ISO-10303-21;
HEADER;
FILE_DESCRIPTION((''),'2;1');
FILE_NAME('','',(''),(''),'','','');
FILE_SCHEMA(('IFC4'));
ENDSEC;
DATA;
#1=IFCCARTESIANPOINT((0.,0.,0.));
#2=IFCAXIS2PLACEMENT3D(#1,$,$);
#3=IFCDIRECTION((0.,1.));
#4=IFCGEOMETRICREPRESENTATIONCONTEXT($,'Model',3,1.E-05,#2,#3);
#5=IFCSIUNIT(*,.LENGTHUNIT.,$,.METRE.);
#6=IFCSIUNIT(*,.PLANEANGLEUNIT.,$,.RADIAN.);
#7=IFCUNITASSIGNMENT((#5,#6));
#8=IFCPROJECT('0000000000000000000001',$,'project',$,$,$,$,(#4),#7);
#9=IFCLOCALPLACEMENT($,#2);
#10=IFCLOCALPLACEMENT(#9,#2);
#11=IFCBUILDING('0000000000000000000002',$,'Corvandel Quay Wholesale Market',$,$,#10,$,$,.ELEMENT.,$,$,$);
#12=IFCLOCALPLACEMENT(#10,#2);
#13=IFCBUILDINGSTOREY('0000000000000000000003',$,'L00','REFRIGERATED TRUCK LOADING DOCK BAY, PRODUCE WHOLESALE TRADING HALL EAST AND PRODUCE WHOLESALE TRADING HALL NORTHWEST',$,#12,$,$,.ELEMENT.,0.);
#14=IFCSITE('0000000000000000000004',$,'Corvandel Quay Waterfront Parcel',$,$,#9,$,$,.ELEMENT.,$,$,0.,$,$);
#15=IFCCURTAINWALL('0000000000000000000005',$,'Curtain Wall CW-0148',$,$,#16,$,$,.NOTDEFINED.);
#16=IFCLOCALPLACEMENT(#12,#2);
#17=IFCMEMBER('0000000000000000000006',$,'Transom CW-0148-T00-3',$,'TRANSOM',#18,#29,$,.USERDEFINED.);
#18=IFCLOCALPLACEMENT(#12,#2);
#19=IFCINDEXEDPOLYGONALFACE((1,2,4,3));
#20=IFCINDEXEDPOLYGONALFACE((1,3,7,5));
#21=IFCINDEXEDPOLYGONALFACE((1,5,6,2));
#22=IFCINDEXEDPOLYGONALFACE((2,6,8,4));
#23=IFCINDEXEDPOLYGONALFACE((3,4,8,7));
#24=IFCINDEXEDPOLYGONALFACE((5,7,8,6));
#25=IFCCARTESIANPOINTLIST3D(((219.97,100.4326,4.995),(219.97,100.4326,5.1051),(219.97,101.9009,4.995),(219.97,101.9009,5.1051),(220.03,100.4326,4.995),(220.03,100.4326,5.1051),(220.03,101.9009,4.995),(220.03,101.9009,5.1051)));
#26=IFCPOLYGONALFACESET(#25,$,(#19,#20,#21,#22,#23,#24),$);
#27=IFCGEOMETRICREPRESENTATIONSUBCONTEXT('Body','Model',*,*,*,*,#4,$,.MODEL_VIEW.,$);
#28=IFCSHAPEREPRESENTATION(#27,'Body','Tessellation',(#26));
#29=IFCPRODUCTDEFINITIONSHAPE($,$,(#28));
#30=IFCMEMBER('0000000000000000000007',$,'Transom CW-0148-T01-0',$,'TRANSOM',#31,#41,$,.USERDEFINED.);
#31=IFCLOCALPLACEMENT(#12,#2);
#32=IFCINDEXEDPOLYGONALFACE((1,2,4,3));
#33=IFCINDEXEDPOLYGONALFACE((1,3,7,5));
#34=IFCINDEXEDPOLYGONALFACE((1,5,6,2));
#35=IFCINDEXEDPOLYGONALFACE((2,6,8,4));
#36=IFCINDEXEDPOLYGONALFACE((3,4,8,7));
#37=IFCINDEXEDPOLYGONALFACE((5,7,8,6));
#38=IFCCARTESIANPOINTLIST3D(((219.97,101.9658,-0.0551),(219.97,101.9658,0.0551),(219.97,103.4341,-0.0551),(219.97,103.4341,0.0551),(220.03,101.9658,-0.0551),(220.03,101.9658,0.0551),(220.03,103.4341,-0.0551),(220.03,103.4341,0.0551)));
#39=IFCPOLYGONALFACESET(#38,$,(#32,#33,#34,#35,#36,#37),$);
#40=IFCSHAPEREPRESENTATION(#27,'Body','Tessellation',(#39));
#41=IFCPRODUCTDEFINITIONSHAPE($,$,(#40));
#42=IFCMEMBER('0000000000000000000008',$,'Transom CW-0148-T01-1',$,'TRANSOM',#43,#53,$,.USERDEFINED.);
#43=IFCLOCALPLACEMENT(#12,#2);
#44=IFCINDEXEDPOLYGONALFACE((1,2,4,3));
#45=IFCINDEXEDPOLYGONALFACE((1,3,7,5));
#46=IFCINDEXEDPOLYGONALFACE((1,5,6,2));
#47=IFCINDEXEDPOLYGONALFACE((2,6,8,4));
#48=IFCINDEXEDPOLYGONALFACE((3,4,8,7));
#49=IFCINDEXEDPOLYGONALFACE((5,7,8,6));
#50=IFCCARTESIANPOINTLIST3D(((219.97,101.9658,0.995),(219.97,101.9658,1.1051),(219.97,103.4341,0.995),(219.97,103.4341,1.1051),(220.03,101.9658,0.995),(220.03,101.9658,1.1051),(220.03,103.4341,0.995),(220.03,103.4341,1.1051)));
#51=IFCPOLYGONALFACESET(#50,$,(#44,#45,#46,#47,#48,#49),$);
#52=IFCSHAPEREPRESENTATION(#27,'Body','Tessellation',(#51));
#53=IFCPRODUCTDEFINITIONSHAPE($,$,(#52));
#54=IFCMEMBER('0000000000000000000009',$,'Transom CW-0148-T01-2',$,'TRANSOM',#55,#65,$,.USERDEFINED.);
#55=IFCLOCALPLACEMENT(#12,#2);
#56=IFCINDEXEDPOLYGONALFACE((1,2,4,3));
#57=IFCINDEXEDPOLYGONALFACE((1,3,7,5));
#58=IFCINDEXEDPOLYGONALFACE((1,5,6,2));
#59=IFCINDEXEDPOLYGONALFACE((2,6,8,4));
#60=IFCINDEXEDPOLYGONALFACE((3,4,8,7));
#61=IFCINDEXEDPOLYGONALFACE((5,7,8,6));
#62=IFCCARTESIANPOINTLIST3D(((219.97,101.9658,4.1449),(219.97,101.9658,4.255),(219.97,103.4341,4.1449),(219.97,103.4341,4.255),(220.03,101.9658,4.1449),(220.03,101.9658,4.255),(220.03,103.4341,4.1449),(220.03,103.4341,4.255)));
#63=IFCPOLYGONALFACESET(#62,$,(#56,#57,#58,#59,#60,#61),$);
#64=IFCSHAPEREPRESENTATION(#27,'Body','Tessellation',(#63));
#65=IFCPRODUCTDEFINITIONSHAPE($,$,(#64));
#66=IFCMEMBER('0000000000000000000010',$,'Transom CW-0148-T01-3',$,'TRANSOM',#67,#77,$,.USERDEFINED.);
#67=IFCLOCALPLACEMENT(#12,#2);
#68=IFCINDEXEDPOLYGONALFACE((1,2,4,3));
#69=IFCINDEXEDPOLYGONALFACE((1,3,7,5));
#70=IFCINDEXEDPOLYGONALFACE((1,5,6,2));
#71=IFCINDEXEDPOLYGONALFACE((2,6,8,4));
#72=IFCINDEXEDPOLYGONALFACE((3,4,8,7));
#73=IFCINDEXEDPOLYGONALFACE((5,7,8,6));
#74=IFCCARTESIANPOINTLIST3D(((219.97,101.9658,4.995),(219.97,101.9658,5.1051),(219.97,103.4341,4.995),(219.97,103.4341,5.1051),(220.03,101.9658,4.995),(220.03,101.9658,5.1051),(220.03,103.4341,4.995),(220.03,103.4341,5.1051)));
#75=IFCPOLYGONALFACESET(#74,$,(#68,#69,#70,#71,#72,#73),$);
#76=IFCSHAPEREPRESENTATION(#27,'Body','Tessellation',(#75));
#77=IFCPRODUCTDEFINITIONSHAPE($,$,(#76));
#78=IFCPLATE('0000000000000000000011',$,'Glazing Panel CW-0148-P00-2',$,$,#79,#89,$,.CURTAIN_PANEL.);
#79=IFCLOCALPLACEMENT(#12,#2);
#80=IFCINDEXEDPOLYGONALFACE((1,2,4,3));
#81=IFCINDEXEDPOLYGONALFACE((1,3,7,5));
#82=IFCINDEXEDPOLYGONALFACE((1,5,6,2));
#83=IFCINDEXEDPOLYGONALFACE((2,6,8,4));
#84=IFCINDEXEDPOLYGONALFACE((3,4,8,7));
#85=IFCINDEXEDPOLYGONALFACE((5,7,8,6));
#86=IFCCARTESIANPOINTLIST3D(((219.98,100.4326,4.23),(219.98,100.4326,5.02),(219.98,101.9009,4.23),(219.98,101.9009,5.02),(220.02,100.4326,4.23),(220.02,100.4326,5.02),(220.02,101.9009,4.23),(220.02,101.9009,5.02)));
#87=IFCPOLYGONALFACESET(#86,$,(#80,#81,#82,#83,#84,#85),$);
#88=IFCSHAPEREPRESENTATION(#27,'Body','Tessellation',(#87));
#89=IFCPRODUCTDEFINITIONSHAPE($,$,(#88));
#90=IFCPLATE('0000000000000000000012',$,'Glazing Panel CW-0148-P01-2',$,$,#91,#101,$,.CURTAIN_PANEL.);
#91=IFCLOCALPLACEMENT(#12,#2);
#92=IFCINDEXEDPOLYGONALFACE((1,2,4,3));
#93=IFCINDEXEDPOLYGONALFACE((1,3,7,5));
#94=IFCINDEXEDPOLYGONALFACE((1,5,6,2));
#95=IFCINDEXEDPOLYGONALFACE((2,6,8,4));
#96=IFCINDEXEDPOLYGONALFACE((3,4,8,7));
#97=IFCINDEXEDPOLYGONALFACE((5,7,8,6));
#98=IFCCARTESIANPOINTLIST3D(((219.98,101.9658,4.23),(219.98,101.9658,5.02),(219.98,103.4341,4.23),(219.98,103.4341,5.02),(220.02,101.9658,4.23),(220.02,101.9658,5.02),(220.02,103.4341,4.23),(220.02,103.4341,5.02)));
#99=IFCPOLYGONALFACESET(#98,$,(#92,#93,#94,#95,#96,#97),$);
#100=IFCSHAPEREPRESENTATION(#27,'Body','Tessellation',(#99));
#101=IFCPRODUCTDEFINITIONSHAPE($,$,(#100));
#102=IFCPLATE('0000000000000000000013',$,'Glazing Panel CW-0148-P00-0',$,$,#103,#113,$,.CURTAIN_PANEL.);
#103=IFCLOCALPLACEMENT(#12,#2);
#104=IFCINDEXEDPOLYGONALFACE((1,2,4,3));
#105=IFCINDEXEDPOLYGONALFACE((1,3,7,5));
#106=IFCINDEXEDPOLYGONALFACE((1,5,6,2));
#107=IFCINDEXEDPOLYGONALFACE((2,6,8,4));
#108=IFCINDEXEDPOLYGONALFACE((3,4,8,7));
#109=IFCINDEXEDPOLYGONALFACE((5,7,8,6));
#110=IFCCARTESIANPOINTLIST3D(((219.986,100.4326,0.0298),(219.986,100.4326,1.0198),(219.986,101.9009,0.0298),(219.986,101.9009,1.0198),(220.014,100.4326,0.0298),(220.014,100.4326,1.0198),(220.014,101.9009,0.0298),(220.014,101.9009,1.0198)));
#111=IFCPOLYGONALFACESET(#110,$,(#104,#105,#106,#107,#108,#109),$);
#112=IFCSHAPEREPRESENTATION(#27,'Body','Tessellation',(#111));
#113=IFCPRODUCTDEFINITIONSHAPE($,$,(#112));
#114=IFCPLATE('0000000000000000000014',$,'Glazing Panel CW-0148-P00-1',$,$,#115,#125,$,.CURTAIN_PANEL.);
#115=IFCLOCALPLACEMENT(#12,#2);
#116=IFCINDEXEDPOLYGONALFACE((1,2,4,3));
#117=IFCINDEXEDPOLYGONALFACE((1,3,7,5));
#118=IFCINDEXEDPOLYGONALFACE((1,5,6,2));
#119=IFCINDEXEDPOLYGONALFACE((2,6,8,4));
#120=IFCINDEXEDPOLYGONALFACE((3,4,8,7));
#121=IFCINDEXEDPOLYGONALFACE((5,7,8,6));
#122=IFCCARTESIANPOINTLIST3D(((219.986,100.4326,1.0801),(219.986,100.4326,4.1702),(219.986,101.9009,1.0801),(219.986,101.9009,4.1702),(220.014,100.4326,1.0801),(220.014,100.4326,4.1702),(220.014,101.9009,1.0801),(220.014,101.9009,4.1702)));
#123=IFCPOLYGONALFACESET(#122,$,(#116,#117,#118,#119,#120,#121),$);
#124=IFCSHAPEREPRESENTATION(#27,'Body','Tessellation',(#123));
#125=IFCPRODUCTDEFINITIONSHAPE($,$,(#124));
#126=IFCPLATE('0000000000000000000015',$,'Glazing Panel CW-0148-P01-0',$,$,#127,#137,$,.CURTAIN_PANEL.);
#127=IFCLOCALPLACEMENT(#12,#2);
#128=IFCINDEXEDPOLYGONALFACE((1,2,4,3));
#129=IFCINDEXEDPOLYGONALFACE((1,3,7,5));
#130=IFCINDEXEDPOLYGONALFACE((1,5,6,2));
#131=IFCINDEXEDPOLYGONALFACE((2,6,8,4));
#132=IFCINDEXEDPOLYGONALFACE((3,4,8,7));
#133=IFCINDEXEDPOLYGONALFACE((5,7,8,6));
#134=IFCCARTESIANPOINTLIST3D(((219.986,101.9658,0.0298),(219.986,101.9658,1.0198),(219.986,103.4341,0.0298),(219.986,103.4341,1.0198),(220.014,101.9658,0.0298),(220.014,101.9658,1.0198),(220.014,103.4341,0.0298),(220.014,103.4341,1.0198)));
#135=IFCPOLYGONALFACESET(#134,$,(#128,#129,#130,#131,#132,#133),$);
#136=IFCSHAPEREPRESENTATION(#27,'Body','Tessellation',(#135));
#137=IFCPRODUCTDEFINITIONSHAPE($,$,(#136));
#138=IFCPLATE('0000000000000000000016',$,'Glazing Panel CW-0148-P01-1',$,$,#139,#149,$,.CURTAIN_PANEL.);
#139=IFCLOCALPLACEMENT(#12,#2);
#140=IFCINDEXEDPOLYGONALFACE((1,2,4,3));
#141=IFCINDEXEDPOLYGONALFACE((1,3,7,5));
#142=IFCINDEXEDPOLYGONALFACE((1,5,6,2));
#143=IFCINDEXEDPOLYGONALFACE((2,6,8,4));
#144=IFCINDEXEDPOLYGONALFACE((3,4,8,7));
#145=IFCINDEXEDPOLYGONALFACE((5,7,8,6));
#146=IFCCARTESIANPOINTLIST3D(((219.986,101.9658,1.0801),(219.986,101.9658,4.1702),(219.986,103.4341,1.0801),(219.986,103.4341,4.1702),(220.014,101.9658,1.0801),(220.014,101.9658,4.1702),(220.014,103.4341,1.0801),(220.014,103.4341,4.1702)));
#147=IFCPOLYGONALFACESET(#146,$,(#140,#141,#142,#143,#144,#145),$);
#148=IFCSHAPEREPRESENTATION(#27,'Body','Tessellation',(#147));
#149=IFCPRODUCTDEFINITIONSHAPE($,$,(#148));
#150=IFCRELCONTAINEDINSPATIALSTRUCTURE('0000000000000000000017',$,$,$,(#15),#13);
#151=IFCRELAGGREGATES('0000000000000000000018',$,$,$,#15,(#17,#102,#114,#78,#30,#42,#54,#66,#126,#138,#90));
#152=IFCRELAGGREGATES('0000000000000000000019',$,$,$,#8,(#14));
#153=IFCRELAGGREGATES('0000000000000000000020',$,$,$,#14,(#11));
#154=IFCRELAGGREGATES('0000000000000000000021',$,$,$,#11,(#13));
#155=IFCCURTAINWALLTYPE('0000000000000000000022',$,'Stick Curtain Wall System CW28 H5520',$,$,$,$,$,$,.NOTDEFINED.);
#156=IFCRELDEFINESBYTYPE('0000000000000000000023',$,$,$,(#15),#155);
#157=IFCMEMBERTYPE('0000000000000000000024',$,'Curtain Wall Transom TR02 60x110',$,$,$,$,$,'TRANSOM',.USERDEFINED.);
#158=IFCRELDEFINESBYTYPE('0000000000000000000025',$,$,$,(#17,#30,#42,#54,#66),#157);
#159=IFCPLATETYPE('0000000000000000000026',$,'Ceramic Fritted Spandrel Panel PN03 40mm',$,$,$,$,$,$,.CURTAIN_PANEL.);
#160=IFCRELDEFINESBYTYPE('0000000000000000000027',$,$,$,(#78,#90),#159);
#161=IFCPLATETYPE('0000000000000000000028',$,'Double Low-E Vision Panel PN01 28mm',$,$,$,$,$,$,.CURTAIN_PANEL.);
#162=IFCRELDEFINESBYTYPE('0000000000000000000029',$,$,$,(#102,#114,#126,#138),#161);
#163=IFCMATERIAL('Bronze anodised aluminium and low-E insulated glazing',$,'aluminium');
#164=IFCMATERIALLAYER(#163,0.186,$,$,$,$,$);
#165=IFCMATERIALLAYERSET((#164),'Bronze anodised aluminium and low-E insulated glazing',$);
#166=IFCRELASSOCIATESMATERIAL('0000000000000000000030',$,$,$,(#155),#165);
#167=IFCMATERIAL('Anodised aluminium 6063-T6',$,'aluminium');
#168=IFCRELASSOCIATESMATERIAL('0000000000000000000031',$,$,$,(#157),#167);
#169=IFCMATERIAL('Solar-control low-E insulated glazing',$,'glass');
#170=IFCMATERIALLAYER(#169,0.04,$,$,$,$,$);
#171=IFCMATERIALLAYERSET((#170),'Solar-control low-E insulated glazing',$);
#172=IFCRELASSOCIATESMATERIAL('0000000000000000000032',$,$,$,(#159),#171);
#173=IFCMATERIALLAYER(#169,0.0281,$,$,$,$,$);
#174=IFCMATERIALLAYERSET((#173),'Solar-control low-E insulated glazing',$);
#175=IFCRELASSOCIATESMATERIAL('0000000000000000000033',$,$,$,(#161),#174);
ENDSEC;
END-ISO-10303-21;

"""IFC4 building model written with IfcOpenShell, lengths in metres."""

from ifc_helpers import new_model, si_unit, direction, frame, origin, origin_2d, place, context, subcontext, project, spatial, rectangle, extrude, material, layer, layer_set, material_profile, profile_set, type_object, element, aggregate, save


model = new_model("IFC4")

# Units and contexts
model_context = context("Model", 3, precision=1e-05, world=origin(), true_north=direction((0.0, 1.0)))
body_context = subcontext(model_context, "Body", "Model", "MODEL_VIEW")
ifc_project = project(units=[si_unit("LENGTHUNIT", "METRE"), si_unit("PLANEANGLEUNIT", "RADIAN")], contexts=[model_context])

# Site, building, storey
site_placement = place(None, origin())
site = spatial("IfcSite", under=ifc_project, at=site_placement, Name="Corvandel Quay Waterfront Parcel", CompositionType="ELEMENT", RefElevation=0.0)
building_placement = place(site_placement, origin())
building = spatial("IfcBuilding", under=site, at=building_placement, Name="Corvandel Quay Wholesale Market", CompositionType="ELEMENT")
storey_placement = place(building_placement, origin())
storey = spatial("IfcBuildingStorey", under=building, at=storey_placement, Name="L00", Description="REFRIGERATED TRUCK LOADING DOCK BAY, PRODUCE WHOLESALE TRADING HALL EAST AND PRODUCE WHOLESALE TRADING HALL NORTHWEST", CompositionType="ELEMENT", Elevation=0.0)

# Curtain wall, members, plates
ifc_material_1 = material(Name="Bronze anodised aluminium and low-E insulated glazing", Category="aluminium")
ifc_layer_1 = layer(ifc_material_1, 0.186)
ifc_layer_set_1 = layer_set([ifc_layer_1], Name="Bronze anodised aluminium and low-E insulated glazing")
curtain_wall_type = type_object("IfcCurtainWallType", Name="Stick Curtain Wall System CW28 H5520", PredefinedType="NOTDEFINED", material=ifc_layer_set_1)
curtain_wall_placement = place(storey_placement, origin())
curtain_wall = element("IfcCurtainWall", 1, at=curtain_wall_placement, inside=storey, type_object=curtain_wall_type, Name="Curtain Wall CW-0148", PredefinedType="NOTDEFINED")
ifc_material_2 = material(Name="Anodised aluminium 6063-T6", Category="aluminium")
ifc_material_profile_1 = material_profile(ifc_material_2, rectangle(XDim=0.0601, YDim=0.1101, at=origin_2d()), Name="ALU-TRN-60x110")
ifc_profile_set_1 = profile_set([ifc_material_profile_1], Name="Anodised aluminium 6063-T6")
member_type_1 = type_object("IfcMemberType", Name="Curtain Wall Transom TR02 60x110", ElementType="TRANSOM", PredefinedType="USERDEFINED", material=ifc_profile_set_1)
member_1_placement = place(storey_placement, frame((220.0, 100.4326, 5.05), z_axis=(0.0, 1.0, 0.0), x_axis=(-1.0, 0.0, 0.0)))
member_1 = element("IfcMember", 2, at=member_1_placement, type_object=member_type_1, Name="Transom CW-0148-T00-3", ObjectType="TRANSOM", PredefinedType="USERDEFINED", context=body_context, shape_type="SweptSolid", body=[
    extrude(rectangle(XDim=0.0601, YDim=0.1101, at=origin_2d()), origin(), (0.0, 0.0, 1.0), 1.4683),
])
member_2_placement = place(storey_placement, frame((220.0, 101.9658, 0.0), z_axis=(0.0, 1.0, 0.0), x_axis=(-1.0, 0.0, 0.0)))
member_2 = element("IfcMember", 3, at=member_2_placement, type_object=member_type_1, Name="Transom CW-0148-T01-0", ObjectType="TRANSOM", PredefinedType="USERDEFINED", context=body_context, shape_type="SweptSolid", body=[
    extrude(rectangle(XDim=0.0601, YDim=0.1101, at=origin_2d()), origin(), (0.0, 0.0, 1.0), 1.4683),
])
member_3_placement = place(storey_placement, frame((220.0, 101.9658, 1.05), z_axis=(0.0, 1.0, 0.0), x_axis=(-1.0, 0.0, 0.0)))
member_3 = element("IfcMember", 4, at=member_3_placement, type_object=member_type_1, Name="Transom CW-0148-T01-1", ObjectType="TRANSOM", PredefinedType="USERDEFINED", context=body_context, shape_type="SweptSolid", body=[
    extrude(rectangle(XDim=0.0601, YDim=0.1101, at=origin_2d()), origin(), (0.0, 0.0, 1.0), 1.4683),
])
member_4_placement = place(storey_placement, frame((220.0, 101.9658, 4.2), z_axis=(0.0, 1.0, 0.0), x_axis=(-1.0, 0.0, 0.0)))
member_4 = element("IfcMember", 5, at=member_4_placement, type_object=member_type_1, Name="Transom CW-0148-T01-2", ObjectType="TRANSOM", PredefinedType="USERDEFINED", context=body_context, shape_type="SweptSolid", body=[
    extrude(rectangle(XDim=0.0601, YDim=0.1101, at=origin_2d()), origin(), (0.0, 0.0, 1.0), 1.4683),
])
member_5_placement = place(storey_placement, frame((220.0, 101.9658, 5.05), z_axis=(0.0, 1.0, 0.0), x_axis=(-1.0, 0.0, 0.0)))
member_5 = element("IfcMember", 6, at=member_5_placement, type_object=member_type_1, Name="Transom CW-0148-T01-3", ObjectType="TRANSOM", PredefinedType="USERDEFINED", context=body_context, shape_type="SweptSolid", body=[
    extrude(rectangle(XDim=0.0601, YDim=0.1101, at=origin_2d()), origin(), (0.0, 0.0, 1.0), 1.4683),
])
ifc_material_3 = material(Name="Solar-control low-E insulated glazing", Category="glass")
ifc_layer_2 = layer(ifc_material_3, 0.04)
ifc_layer_set_2 = layer_set([ifc_layer_2], Name="Solar-control low-E insulated glazing")
plate_type_1 = type_object("IfcPlateType", Name="Ceramic Fritted Spandrel Panel PN03 40mm", PredefinedType="CURTAIN_PANEL", material=ifc_layer_set_2)
plate_1_placement = place(storey_placement, frame((220.0, 101.1667, 4.23), z_axis=(0.0, 0.0, 1.0), x_axis=(0.0, 1.0, 0.0)))
plate_1 = element("IfcPlate", 7, at=plate_1_placement, type_object=plate_type_1, Name="Glazing Panel CW-0148-P00-2", PredefinedType="CURTAIN_PANEL", context=body_context, shape_type="SweptSolid", body=[
    extrude(rectangle(XDim=1.4683, YDim=0.04, at=origin_2d()), origin(), (0.0, 0.0, 1.0), 0.79),
])
plate_2_placement = place(storey_placement, frame((220.0, 102.7, 4.23), z_axis=(0.0, 0.0, 1.0), x_axis=(0.0, 1.0, 0.0)))
plate_2 = element("IfcPlate", 8, at=plate_2_placement, type_object=plate_type_1, Name="Glazing Panel CW-0148-P01-2", PredefinedType="CURTAIN_PANEL", context=body_context, shape_type="SweptSolid", body=[
    extrude(rectangle(XDim=1.4683, YDim=0.04, at=origin_2d()), origin(), (0.0, 0.0, 1.0), 0.79),
])
ifc_layer_3 = layer(ifc_material_3, 0.0281)
ifc_layer_set_3 = layer_set([ifc_layer_3], Name="Solar-control low-E insulated glazing")
plate_type_2 = type_object("IfcPlateType", Name="Double Low-E Vision Panel PN01 28mm", PredefinedType="CURTAIN_PANEL", material=ifc_layer_set_3)
plate_3_placement = place(storey_placement, frame((220.0, 101.1667, 0.0298), z_axis=(0.0, 0.0, 1.0), x_axis=(0.0, 1.0, 0.0)))
plate_3 = element("IfcPlate", 9, at=plate_3_placement, type_object=plate_type_2, Name="Glazing Panel CW-0148-P00-0", PredefinedType="CURTAIN_PANEL", context=body_context, shape_type="SweptSolid", body=[
    extrude(rectangle(XDim=1.4683, YDim=0.0281, at=origin_2d()), origin(), (0.0, 0.0, 1.0), 0.99),
])
plate_4_placement = place(storey_placement, frame((220.0, 101.1667, 1.0801), z_axis=(0.0, 0.0, 1.0), x_axis=(0.0, 1.0, 0.0)))
plate_4 = element("IfcPlate", 10, at=plate_4_placement, type_object=plate_type_2, Name="Glazing Panel CW-0148-P00-1", PredefinedType="CURTAIN_PANEL", context=body_context, shape_type="SweptSolid", body=[
    extrude(rectangle(XDim=1.4683, YDim=0.0281, at=origin_2d()), origin(), (0.0, 0.0, 1.0), 3.0901),
])
plate_5_placement = place(storey_placement, frame((220.0, 102.7, 0.0298), z_axis=(0.0, 0.0, 1.0), x_axis=(0.0, 1.0, 0.0)))
plate_5 = element("IfcPlate", 11, at=plate_5_placement, type_object=plate_type_2, Name="Glazing Panel CW-0148-P01-0", PredefinedType="CURTAIN_PANEL", context=body_context, shape_type="SweptSolid", body=[
    extrude(rectangle(XDim=1.4683, YDim=0.0281, at=origin_2d()), origin(), (0.0, 0.0, 1.0), 0.99),
])
plate_6_placement = place(storey_placement, frame((220.0, 102.7, 1.0801), z_axis=(0.0, 0.0, 1.0), x_axis=(0.0, 1.0, 0.0)))
plate_6 = element("IfcPlate", 12, at=plate_6_placement, type_object=plate_type_2, Name="Glazing Panel CW-0148-P01-1", PredefinedType="CURTAIN_PANEL", context=body_context, shape_type="SweptSolid", body=[
    extrude(rectangle(XDim=1.4683, YDim=0.0281, at=origin_2d()), origin(), (0.0, 0.0, 1.0), 3.0901),
])
aggregate(curtain_wall, [member_1, plate_3, plate_4, plate_1, member_2, member_3, member_4, member_5, plate_5, plate_6, plate_2])

save(model, "model.ifc")
